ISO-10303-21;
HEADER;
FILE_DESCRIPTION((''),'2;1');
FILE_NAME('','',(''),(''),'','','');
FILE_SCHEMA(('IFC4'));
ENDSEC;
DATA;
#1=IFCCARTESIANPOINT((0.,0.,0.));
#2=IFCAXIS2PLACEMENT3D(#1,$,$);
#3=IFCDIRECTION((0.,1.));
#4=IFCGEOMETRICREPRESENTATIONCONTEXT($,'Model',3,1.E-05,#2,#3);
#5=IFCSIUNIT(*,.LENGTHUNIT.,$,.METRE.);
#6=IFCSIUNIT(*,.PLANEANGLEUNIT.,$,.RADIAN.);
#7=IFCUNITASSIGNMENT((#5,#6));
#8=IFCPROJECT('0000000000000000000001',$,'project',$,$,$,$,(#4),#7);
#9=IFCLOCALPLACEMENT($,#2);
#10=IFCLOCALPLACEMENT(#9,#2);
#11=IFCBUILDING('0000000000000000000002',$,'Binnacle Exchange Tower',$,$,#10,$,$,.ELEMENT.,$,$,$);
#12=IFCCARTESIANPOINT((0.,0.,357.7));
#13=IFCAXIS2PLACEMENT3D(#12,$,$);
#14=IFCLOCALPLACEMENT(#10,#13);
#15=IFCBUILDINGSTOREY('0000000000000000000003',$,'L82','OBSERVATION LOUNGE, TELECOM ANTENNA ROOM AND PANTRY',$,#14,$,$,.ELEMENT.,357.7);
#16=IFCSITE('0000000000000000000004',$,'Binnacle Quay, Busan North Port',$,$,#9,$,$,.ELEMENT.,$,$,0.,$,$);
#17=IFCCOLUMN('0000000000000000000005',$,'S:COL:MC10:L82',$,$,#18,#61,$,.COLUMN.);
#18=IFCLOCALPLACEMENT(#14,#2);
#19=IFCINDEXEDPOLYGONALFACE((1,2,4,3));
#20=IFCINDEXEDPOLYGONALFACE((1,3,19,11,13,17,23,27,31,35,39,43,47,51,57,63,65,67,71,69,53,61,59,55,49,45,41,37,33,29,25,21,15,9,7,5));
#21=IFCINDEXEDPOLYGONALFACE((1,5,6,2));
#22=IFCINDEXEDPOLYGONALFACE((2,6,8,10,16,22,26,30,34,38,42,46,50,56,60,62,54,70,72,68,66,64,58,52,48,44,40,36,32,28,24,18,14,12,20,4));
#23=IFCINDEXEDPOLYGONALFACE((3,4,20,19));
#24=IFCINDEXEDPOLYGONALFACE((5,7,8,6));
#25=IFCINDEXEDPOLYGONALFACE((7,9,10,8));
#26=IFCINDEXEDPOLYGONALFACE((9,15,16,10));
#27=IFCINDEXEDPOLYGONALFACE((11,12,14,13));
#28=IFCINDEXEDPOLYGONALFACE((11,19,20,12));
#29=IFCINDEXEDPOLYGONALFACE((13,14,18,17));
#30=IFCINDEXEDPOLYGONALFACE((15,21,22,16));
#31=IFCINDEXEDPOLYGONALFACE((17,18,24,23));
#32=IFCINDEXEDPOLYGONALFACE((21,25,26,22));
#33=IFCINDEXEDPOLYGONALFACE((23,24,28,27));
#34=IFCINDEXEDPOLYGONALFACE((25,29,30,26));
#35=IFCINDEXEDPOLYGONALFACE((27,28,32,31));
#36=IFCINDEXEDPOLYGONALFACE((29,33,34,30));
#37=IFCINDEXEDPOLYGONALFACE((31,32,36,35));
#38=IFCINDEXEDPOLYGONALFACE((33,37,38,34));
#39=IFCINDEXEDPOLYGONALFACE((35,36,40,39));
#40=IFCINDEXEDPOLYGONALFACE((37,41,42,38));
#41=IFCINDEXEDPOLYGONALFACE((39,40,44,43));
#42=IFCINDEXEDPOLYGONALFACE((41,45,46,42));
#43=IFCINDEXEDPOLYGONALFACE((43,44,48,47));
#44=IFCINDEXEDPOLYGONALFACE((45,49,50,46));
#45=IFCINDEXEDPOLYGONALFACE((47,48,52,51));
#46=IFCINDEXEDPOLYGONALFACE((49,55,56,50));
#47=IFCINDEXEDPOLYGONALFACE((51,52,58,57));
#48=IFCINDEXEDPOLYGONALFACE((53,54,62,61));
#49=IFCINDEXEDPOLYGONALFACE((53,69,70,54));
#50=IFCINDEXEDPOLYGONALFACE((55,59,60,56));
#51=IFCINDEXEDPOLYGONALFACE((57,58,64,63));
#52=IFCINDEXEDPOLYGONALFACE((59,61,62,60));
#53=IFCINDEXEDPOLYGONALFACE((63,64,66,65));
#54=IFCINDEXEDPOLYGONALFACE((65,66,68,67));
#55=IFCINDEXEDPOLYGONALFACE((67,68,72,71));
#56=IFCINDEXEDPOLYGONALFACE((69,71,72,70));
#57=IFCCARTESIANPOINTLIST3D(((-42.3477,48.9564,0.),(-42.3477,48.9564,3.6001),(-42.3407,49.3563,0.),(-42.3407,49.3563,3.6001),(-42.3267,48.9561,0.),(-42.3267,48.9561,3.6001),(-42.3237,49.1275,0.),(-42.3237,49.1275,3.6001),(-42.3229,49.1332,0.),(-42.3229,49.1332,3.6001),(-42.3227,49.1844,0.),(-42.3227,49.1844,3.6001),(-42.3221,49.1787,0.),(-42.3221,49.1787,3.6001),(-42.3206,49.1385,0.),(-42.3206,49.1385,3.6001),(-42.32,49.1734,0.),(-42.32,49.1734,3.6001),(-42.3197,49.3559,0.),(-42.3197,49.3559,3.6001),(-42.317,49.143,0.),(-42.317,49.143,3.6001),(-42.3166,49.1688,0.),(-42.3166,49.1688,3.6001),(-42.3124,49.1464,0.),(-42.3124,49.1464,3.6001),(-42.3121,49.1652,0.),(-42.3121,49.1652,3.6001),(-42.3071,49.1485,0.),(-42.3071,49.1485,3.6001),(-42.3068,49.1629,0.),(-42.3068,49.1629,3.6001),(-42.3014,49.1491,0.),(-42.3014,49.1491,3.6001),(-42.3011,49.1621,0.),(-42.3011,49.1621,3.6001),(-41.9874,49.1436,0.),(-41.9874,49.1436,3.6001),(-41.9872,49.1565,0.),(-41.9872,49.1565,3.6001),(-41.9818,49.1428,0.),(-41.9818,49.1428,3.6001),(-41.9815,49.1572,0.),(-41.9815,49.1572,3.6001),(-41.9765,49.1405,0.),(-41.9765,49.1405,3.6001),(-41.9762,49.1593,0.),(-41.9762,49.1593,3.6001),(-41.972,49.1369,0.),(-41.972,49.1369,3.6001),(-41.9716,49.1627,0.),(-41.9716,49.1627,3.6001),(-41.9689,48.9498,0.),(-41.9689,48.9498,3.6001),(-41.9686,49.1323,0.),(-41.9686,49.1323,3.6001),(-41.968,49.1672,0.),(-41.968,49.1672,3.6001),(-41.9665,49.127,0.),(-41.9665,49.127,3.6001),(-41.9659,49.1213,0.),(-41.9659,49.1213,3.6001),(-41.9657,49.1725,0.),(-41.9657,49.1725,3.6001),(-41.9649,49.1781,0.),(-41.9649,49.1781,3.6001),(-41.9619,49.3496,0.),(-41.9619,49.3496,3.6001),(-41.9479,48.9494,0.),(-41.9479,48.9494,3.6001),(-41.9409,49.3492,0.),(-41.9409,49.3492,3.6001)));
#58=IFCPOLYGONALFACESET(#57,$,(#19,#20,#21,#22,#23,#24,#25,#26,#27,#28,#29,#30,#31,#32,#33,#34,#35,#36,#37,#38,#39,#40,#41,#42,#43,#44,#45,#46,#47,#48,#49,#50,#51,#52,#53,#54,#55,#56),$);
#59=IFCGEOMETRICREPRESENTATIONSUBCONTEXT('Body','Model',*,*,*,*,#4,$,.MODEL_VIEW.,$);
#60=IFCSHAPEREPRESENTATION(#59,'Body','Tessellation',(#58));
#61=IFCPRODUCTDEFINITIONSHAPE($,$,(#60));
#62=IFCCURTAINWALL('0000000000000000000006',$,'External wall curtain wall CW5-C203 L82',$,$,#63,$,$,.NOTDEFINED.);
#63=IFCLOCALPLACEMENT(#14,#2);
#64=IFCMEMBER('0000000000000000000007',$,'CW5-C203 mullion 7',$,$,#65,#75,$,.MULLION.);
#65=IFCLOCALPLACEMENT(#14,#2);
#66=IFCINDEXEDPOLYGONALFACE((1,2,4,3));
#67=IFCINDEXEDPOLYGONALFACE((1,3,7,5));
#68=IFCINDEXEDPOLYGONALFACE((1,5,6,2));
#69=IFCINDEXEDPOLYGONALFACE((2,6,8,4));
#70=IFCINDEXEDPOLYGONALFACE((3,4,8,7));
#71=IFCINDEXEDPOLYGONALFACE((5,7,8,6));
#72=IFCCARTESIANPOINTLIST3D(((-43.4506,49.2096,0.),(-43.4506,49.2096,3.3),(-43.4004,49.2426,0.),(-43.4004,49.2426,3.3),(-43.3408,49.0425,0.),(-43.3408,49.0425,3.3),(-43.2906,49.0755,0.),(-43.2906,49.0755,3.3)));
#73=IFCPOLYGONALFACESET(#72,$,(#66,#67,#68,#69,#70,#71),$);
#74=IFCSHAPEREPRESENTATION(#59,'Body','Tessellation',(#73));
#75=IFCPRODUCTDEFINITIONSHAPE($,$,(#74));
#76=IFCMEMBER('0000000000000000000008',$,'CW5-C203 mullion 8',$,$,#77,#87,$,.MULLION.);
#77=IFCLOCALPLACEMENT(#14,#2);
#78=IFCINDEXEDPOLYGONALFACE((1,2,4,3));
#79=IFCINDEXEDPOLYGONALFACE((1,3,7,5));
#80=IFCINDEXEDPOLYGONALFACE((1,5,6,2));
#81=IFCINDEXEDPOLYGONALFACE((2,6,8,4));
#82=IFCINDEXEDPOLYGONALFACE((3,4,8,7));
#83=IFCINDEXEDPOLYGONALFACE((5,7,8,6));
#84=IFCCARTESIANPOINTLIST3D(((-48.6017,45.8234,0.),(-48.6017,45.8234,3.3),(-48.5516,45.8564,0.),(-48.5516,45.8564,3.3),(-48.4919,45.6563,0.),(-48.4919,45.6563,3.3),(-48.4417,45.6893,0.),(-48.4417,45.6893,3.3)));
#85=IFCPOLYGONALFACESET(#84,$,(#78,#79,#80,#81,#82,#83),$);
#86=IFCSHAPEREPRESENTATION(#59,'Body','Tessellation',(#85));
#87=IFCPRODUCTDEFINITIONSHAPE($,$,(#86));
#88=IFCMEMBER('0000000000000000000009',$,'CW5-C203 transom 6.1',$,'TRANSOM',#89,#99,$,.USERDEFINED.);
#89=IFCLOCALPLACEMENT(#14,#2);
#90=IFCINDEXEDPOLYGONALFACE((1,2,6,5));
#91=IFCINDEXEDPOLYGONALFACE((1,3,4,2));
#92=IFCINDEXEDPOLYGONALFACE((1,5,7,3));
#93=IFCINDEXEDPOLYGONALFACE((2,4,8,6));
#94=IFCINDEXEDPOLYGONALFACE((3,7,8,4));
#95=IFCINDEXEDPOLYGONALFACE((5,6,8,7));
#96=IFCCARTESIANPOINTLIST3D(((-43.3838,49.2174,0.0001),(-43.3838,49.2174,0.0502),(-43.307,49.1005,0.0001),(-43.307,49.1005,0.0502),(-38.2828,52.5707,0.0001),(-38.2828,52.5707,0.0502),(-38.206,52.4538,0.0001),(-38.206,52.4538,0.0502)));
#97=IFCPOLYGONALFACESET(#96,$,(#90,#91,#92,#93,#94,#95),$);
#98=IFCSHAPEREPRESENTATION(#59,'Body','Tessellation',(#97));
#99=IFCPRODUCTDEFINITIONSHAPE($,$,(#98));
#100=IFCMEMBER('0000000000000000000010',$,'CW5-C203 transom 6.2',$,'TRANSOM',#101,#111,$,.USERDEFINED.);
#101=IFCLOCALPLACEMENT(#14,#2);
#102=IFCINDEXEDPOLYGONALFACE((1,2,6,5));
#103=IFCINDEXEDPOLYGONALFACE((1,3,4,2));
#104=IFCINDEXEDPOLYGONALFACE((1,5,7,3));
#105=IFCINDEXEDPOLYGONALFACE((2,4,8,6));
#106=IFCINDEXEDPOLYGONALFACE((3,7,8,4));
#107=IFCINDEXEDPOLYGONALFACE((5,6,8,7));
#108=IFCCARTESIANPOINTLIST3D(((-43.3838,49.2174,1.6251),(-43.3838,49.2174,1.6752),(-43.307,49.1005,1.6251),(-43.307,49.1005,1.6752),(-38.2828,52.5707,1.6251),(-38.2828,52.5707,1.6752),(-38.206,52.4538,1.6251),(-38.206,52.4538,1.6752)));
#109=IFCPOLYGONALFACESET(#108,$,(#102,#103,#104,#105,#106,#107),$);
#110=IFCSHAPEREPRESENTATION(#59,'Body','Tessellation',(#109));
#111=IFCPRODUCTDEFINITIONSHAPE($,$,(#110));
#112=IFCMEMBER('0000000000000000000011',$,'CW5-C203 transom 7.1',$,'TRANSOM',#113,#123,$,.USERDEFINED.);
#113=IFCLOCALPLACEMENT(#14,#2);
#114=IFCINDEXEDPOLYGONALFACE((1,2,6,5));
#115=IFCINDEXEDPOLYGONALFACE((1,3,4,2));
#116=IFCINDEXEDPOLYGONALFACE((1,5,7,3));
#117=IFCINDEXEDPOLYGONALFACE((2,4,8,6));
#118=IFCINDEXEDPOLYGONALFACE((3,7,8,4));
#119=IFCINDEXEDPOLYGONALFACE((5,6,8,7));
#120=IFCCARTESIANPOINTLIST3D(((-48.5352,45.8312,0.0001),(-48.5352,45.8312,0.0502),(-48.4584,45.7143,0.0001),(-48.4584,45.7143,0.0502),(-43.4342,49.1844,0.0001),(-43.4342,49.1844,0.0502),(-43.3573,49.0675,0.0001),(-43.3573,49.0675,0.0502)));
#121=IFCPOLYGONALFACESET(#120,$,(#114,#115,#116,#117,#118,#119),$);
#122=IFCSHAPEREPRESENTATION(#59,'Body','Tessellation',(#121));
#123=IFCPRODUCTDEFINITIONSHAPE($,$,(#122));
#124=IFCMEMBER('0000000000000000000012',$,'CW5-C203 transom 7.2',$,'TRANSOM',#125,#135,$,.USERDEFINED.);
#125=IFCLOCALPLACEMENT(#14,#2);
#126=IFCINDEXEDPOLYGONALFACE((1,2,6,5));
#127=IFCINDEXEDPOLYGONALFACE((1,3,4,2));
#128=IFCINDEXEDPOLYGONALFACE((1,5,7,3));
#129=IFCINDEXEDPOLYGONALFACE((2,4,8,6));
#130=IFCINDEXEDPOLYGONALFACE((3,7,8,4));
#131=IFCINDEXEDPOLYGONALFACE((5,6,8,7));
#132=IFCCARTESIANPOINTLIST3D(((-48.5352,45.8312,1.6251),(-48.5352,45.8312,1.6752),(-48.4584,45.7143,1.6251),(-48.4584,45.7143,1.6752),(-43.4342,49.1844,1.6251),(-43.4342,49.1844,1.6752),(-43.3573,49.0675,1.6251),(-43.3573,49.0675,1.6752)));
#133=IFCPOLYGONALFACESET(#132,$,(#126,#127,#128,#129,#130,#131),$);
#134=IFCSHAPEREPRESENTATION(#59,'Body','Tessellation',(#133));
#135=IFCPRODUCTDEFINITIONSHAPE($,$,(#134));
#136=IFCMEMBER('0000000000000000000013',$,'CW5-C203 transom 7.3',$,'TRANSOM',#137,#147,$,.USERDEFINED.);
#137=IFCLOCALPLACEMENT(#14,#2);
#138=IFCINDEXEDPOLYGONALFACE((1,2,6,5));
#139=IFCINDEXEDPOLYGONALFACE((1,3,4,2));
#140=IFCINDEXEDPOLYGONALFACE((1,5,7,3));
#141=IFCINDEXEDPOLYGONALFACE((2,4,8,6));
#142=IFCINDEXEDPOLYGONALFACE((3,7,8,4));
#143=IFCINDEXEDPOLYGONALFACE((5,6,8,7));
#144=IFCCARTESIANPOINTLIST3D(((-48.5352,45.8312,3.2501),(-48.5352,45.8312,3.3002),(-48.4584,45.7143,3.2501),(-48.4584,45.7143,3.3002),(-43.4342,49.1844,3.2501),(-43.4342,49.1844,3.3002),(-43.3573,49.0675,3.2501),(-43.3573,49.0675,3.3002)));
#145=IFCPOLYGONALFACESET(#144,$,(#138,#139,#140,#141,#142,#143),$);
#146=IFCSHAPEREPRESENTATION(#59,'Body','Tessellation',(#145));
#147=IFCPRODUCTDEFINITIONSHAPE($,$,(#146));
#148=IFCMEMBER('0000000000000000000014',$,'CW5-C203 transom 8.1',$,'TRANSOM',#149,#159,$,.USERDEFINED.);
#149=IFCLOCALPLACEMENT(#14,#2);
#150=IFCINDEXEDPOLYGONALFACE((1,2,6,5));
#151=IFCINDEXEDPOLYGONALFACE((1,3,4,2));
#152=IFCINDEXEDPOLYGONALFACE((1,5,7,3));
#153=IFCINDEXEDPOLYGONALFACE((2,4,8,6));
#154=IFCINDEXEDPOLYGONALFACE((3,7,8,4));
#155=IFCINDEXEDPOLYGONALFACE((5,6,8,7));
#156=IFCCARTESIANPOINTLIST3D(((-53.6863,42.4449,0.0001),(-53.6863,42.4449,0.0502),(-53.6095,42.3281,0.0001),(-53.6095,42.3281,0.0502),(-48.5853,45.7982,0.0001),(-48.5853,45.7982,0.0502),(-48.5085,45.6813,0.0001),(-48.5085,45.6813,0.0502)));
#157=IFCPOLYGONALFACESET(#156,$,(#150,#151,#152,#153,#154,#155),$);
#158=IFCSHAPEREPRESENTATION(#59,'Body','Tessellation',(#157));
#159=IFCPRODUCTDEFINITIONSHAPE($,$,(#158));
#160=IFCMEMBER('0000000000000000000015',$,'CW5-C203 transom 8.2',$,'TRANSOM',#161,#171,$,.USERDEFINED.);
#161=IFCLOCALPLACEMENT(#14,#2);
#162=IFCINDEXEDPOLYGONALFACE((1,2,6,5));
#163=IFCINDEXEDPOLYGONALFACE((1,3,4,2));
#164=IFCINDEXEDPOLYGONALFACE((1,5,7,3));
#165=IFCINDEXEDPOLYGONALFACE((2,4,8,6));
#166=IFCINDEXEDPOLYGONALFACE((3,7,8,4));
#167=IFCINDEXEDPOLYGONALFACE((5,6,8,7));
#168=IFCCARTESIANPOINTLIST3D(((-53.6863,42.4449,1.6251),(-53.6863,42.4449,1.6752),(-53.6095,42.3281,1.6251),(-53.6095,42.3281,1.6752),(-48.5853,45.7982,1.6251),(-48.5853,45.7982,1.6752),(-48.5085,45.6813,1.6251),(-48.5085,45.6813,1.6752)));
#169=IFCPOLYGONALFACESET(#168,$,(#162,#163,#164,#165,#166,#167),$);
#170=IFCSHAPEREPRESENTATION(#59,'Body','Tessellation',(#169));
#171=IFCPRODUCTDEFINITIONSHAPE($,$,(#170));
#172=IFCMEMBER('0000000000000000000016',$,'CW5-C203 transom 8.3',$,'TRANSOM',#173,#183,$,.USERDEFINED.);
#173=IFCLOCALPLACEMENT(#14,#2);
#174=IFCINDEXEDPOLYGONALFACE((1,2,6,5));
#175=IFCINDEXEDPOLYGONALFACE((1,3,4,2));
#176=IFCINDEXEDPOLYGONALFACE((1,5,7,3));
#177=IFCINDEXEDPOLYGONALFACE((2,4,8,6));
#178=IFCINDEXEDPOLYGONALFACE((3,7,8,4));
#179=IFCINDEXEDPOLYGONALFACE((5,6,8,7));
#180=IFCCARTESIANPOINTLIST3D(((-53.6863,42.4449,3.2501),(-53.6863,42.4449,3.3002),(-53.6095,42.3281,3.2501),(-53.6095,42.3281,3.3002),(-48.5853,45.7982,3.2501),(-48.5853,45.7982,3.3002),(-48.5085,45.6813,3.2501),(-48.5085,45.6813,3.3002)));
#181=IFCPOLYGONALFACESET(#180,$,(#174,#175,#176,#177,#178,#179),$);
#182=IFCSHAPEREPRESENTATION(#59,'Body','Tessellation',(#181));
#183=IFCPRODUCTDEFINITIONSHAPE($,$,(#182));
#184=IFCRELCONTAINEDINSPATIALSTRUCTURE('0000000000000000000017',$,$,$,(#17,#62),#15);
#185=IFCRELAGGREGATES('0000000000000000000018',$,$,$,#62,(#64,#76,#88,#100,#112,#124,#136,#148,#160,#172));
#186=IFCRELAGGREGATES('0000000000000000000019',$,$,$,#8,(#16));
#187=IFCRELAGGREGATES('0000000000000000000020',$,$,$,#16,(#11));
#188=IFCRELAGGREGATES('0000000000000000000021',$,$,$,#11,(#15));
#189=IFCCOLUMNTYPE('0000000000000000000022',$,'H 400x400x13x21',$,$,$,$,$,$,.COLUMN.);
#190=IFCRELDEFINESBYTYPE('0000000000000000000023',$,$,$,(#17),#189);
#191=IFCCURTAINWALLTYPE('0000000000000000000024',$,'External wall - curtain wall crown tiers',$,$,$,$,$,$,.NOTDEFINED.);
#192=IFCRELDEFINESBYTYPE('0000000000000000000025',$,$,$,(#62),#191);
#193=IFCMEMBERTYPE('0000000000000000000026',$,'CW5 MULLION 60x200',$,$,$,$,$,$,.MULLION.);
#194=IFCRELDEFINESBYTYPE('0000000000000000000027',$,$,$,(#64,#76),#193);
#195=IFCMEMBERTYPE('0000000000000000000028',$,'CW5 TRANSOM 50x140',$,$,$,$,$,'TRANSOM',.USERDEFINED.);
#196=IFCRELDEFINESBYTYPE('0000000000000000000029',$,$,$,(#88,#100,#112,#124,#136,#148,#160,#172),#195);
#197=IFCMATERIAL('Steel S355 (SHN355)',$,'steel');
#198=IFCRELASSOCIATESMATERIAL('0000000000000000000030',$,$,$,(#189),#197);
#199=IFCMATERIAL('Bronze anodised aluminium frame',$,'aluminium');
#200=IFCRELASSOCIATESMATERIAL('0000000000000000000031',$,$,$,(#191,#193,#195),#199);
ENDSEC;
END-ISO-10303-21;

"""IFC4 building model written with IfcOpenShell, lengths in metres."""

from ifc_helpers import new_model, si_unit, direction, frame, origin, origin_2d, place, context, subcontext, project, spatial, rectangle, i_section, extrude, material, material_profile, profile_set, type_object, element, aggregate, save


model = new_model("IFC4")

# Units and contexts
model_context = context("Model", 3, precision=1e-05, world=origin(), true_north=direction((0.0, 1.0)))
body_context = subcontext(model_context, "Body", "Model", "MODEL_VIEW")
ifc_project = project(units=[si_unit("LENGTHUNIT", "METRE"), si_unit("PLANEANGLEUNIT", "RADIAN")], contexts=[model_context])

# Site, building, storey
site_placement = place(None, origin())
site = spatial("IfcSite", under=ifc_project, at=site_placement, Name="Binnacle Quay, Busan North Port", CompositionType="ELEMENT", RefElevation=0.0)
building_placement = place(site_placement, origin())
building = spatial("IfcBuilding", under=site, at=building_placement, Name="Binnacle Exchange Tower", CompositionType="ELEMENT")
storey_placement = place(building_placement, frame((0.0, 0.0, 357.7)))
storey = spatial("IfcBuildingStorey", under=building, at=storey_placement, Name="L82", Description="OBSERVATION LOUNGE, TELECOM ANTENNA ROOM AND PANTRY", CompositionType="ELEMENT", Elevation=357.7)

# Column
ifc_material_1 = material(Name="Steel S355 (SHN355)", Category="steel")
ifc_material_profile_1 = material_profile(ifc_material_1, i_section(OverallWidth=0.3999, OverallDepth=0.3999, WebThickness=0.0129, FlangeThickness=0.021, FilletRadius=0.022, at=origin_2d()), Name="H 400x400x13x21")
ifc_profile_set_1 = profile_set([ifc_material_profile_1], Name="Steel S355 (SHN355)")
column_type = type_object("IfcColumnType", Name="H 400x400x13x21", PredefinedType="COLUMN", material=ifc_profile_set_1)
column_placement = place(storey_placement, frame((-42.1443, 49.1528, 0.0), z_axis=(0.0, 0.0, 1.0), x_axis=(0.01754, 0.999846, 0.0)))
element("IfcColumn", 1, at=column_placement, inside=storey, type_object=column_type, Name="S:COL:MC10:L82", PredefinedType="COLUMN", context=body_context, shape_type="SweptSolid", body=[
    extrude(i_section(OverallWidth=0.3999, OverallDepth=0.3999, WebThickness=0.0129, FlangeThickness=0.021, FilletRadius=0.022, at=origin_2d()), origin(), (0.0, 0.0, 1.0), 3.6001),
])

# Curtain wall, members
ifc_material_2 = material(Name="Bronze anodised aluminium frame", Category="aluminium")
curtain_wall_type = type_object("IfcCurtainWallType", Name="External wall - curtain wall crown tiers", PredefinedType="NOTDEFINED", material=ifc_material_2)
curtain_wall_placement = place(storey_placement, origin())
curtain_wall = element("IfcCurtainWall", 2, at=curtain_wall_placement, inside=storey, type_object=curtain_wall_type, Name="External wall curtain wall CW5-C203 L82", PredefinedType="NOTDEFINED")
ifc_material_profile_2 = material_profile(ifc_material_2, rectangle(XDim=0.2, YDim=0.0601, at=origin_2d()), Name="AL 60x200")
ifc_profile_set_2 = profile_set([ifc_material_profile_2], Name="Bronze anodised aluminium frame")
member_type_1 = type_object("IfcMemberType", Name="CW5 MULLION 60x200", PredefinedType="MULLION", material=ifc_profile_set_2)
member_1_placement = place(storey_placement, frame((-43.3706, 49.1426, 0.0), z_axis=(0.0, 0.0, 1.0), x_axis=(0.54931, -0.835618, 0.0)))
member_1 = element("IfcMember", 3, at=member_1_placement, type_object=member_type_1, Name="CW5-C203 mullion 7", PredefinedType="MULLION", context=body_context, shape_type="SweptSolid", body=[
    extrude(rectangle(XDim=0.2, YDim=0.0601, at=origin_2d()), origin(), (0.0, 0.0, 1.0), 3.3),
])
member_2_placement = place(storey_placement, frame((-48.5217, 45.7563, 0.0), z_axis=(0.0, 0.0, 1.0), x_axis=(0.54931, -0.835618, 0.0)))
member_2 = element("IfcMember", 4, at=member_2_placement, type_object=member_type_1, Name="CW5-C203 mullion 8", PredefinedType="MULLION", context=body_context, shape_type="SweptSolid", body=[
    extrude(rectangle(XDim=0.2, YDim=0.0601, at=origin_2d()), origin(), (0.0, 0.0, 1.0), 3.3),
])
ifc_material_profile_3 = material_profile(ifc_material_2, rectangle(XDim=0.1399, YDim=0.05, at=origin_2d()), Name="AL 140x50")
ifc_profile_set_3 = profile_set([ifc_material_profile_3], Name="Bronze anodised aluminium frame")
member_type_2 = type_object("IfcMemberType", Name="CW5 TRANSOM 50x140", ElementType="TRANSOM", PredefinedType="USERDEFINED", material=ifc_profile_set_3)
member_3_placement = place(storey_placement, frame((-38.2444, 52.5122, 0.0251), z_axis=(-0.83562, -0.549308, 0.0), x_axis=(0.549308, -0.83562, 0.0)))
member_3 = element("IfcMember", 5, at=member_3_placement, type_object=member_type_2, Name="CW5-C203 transom 6.1", ObjectType="TRANSOM", PredefinedType="USERDEFINED", context=body_context, shape_type="SweptSolid", body=[
    extrude(rectangle(XDim=0.1399, YDim=0.05, at=origin_2d()), origin(), (0.0, 0.0, 1.0), 6.1045),
])
member_4_placement = place(storey_placement, frame((-38.2444, 52.5122, 1.6501), z_axis=(-0.83562, -0.549308, 0.0), x_axis=(0.549308, -0.83562, 0.0)))
member_4 = element("IfcMember", 6, at=member_4_placement, type_object=member_type_2, Name="CW5-C203 transom 6.2", ObjectType="TRANSOM", PredefinedType="USERDEFINED", context=body_context, shape_type="SweptSolid", body=[
    extrude(rectangle(XDim=0.1399, YDim=0.05, at=origin_2d()), origin(), (0.0, 0.0, 1.0), 6.1045),
])
member_5_placement = place(storey_placement, frame((-43.3958, 49.126, 0.0251), z_axis=(-0.83562, -0.549308, 0.0), x_axis=(0.549308, -0.83562, 0.0)))
member_5 = element("IfcMember", 7, at=member_5_placement, type_object=member_type_2, Name="CW5-C203 transom 7.1", ObjectType="TRANSOM", PredefinedType="USERDEFINED", context=body_context, shape_type="SweptSolid", body=[
    extrude(rectangle(XDim=0.1399, YDim=0.05, at=origin_2d()), origin(), (0.0, 0.0, 1.0), 6.1045),
])
member_6_placement = place(storey_placement, frame((-43.3958, 49.126, 1.6501), z_axis=(-0.83562, -0.549308, 0.0), x_axis=(0.549308, -0.83562, 0.0)))
member_6 = element("IfcMember", 8, at=member_6_placement, type_object=member_type_2, Name="CW5-C203 transom 7.2", ObjectType="TRANSOM", PredefinedType="USERDEFINED", context=body_context, shape_type="SweptSolid", body=[
    extrude(rectangle(XDim=0.1399, YDim=0.05, at=origin_2d()), origin(), (0.0, 0.0, 1.0), 6.1045),
])
member_7_placement = place(storey_placement, frame((-43.3958, 49.126, 3.2751), z_axis=(-0.83562, -0.549308, 0.0), x_axis=(0.549308, -0.83562, 0.0)))
member_7 = element("IfcMember", 9, at=member_7_placement, type_object=member_type_2, Name="CW5-C203 transom 7.3", ObjectType="TRANSOM", PredefinedType="USERDEFINED", context=body_context, shape_type="SweptSolid", body=[
    extrude(rectangle(XDim=0.1399, YDim=0.05, at=origin_2d()), origin(), (0.0, 0.0, 1.0), 6.1045),
])
member_8_placement = place(storey_placement, frame((-48.5469, 45.7397, 0.0251), z_axis=(-0.83562, -0.549308, 0.0), x_axis=(0.549308, -0.83562, 0.0)))
member_8 = element("IfcMember", 10, at=member_8_placement, type_object=member_type_2, Name="CW5-C203 transom 8.1", ObjectType="TRANSOM", PredefinedType="USERDEFINED", context=body_context, shape_type="SweptSolid", body=[
    extrude(rectangle(XDim=0.1399, YDim=0.05, at=origin_2d()), origin(), (0.0, 0.0, 1.0), 6.1045),
])
member_9_placement = place(storey_placement, frame((-48.5469, 45.7397, 1.6501), z_axis=(-0.83562, -0.549308, 0.0), x_axis=(0.549308, -0.83562, 0.0)))
member_9 = element("IfcMember", 11, at=member_9_placement, type_object=member_type_2, Name="CW5-C203 transom 8.2", ObjectType="TRANSOM", PredefinedType="USERDEFINED", context=body_context, shape_type="SweptSolid", body=[
    extrude(rectangle(XDim=0.1399, YDim=0.05, at=origin_2d()), origin(), (0.0, 0.0, 1.0), 6.1045),
])
member_10_placement = place(storey_placement, frame((-48.5469, 45.7397, 3.2751), z_axis=(-0.83562, -0.549308, 0.0), x_axis=(0.549308, -0.83562, 0.0)))
member_10 = element("IfcMember", 12, at=member_10_placement, type_object=member_type_2, Name="CW5-C203 transom 8.3", ObjectType="TRANSOM", PredefinedType="USERDEFINED", context=body_context, shape_type="SweptSolid", body=[
    extrude(rectangle(XDim=0.1399, YDim=0.05, at=origin_2d()), origin(), (0.0, 0.0, 1.0), 6.1045),
])

aggregate(curtain_wall, [member_1, member_2, member_3, member_4, member_5, member_6, member_7, member_8, member_9, member_10])

save(model, "model.ifc")
